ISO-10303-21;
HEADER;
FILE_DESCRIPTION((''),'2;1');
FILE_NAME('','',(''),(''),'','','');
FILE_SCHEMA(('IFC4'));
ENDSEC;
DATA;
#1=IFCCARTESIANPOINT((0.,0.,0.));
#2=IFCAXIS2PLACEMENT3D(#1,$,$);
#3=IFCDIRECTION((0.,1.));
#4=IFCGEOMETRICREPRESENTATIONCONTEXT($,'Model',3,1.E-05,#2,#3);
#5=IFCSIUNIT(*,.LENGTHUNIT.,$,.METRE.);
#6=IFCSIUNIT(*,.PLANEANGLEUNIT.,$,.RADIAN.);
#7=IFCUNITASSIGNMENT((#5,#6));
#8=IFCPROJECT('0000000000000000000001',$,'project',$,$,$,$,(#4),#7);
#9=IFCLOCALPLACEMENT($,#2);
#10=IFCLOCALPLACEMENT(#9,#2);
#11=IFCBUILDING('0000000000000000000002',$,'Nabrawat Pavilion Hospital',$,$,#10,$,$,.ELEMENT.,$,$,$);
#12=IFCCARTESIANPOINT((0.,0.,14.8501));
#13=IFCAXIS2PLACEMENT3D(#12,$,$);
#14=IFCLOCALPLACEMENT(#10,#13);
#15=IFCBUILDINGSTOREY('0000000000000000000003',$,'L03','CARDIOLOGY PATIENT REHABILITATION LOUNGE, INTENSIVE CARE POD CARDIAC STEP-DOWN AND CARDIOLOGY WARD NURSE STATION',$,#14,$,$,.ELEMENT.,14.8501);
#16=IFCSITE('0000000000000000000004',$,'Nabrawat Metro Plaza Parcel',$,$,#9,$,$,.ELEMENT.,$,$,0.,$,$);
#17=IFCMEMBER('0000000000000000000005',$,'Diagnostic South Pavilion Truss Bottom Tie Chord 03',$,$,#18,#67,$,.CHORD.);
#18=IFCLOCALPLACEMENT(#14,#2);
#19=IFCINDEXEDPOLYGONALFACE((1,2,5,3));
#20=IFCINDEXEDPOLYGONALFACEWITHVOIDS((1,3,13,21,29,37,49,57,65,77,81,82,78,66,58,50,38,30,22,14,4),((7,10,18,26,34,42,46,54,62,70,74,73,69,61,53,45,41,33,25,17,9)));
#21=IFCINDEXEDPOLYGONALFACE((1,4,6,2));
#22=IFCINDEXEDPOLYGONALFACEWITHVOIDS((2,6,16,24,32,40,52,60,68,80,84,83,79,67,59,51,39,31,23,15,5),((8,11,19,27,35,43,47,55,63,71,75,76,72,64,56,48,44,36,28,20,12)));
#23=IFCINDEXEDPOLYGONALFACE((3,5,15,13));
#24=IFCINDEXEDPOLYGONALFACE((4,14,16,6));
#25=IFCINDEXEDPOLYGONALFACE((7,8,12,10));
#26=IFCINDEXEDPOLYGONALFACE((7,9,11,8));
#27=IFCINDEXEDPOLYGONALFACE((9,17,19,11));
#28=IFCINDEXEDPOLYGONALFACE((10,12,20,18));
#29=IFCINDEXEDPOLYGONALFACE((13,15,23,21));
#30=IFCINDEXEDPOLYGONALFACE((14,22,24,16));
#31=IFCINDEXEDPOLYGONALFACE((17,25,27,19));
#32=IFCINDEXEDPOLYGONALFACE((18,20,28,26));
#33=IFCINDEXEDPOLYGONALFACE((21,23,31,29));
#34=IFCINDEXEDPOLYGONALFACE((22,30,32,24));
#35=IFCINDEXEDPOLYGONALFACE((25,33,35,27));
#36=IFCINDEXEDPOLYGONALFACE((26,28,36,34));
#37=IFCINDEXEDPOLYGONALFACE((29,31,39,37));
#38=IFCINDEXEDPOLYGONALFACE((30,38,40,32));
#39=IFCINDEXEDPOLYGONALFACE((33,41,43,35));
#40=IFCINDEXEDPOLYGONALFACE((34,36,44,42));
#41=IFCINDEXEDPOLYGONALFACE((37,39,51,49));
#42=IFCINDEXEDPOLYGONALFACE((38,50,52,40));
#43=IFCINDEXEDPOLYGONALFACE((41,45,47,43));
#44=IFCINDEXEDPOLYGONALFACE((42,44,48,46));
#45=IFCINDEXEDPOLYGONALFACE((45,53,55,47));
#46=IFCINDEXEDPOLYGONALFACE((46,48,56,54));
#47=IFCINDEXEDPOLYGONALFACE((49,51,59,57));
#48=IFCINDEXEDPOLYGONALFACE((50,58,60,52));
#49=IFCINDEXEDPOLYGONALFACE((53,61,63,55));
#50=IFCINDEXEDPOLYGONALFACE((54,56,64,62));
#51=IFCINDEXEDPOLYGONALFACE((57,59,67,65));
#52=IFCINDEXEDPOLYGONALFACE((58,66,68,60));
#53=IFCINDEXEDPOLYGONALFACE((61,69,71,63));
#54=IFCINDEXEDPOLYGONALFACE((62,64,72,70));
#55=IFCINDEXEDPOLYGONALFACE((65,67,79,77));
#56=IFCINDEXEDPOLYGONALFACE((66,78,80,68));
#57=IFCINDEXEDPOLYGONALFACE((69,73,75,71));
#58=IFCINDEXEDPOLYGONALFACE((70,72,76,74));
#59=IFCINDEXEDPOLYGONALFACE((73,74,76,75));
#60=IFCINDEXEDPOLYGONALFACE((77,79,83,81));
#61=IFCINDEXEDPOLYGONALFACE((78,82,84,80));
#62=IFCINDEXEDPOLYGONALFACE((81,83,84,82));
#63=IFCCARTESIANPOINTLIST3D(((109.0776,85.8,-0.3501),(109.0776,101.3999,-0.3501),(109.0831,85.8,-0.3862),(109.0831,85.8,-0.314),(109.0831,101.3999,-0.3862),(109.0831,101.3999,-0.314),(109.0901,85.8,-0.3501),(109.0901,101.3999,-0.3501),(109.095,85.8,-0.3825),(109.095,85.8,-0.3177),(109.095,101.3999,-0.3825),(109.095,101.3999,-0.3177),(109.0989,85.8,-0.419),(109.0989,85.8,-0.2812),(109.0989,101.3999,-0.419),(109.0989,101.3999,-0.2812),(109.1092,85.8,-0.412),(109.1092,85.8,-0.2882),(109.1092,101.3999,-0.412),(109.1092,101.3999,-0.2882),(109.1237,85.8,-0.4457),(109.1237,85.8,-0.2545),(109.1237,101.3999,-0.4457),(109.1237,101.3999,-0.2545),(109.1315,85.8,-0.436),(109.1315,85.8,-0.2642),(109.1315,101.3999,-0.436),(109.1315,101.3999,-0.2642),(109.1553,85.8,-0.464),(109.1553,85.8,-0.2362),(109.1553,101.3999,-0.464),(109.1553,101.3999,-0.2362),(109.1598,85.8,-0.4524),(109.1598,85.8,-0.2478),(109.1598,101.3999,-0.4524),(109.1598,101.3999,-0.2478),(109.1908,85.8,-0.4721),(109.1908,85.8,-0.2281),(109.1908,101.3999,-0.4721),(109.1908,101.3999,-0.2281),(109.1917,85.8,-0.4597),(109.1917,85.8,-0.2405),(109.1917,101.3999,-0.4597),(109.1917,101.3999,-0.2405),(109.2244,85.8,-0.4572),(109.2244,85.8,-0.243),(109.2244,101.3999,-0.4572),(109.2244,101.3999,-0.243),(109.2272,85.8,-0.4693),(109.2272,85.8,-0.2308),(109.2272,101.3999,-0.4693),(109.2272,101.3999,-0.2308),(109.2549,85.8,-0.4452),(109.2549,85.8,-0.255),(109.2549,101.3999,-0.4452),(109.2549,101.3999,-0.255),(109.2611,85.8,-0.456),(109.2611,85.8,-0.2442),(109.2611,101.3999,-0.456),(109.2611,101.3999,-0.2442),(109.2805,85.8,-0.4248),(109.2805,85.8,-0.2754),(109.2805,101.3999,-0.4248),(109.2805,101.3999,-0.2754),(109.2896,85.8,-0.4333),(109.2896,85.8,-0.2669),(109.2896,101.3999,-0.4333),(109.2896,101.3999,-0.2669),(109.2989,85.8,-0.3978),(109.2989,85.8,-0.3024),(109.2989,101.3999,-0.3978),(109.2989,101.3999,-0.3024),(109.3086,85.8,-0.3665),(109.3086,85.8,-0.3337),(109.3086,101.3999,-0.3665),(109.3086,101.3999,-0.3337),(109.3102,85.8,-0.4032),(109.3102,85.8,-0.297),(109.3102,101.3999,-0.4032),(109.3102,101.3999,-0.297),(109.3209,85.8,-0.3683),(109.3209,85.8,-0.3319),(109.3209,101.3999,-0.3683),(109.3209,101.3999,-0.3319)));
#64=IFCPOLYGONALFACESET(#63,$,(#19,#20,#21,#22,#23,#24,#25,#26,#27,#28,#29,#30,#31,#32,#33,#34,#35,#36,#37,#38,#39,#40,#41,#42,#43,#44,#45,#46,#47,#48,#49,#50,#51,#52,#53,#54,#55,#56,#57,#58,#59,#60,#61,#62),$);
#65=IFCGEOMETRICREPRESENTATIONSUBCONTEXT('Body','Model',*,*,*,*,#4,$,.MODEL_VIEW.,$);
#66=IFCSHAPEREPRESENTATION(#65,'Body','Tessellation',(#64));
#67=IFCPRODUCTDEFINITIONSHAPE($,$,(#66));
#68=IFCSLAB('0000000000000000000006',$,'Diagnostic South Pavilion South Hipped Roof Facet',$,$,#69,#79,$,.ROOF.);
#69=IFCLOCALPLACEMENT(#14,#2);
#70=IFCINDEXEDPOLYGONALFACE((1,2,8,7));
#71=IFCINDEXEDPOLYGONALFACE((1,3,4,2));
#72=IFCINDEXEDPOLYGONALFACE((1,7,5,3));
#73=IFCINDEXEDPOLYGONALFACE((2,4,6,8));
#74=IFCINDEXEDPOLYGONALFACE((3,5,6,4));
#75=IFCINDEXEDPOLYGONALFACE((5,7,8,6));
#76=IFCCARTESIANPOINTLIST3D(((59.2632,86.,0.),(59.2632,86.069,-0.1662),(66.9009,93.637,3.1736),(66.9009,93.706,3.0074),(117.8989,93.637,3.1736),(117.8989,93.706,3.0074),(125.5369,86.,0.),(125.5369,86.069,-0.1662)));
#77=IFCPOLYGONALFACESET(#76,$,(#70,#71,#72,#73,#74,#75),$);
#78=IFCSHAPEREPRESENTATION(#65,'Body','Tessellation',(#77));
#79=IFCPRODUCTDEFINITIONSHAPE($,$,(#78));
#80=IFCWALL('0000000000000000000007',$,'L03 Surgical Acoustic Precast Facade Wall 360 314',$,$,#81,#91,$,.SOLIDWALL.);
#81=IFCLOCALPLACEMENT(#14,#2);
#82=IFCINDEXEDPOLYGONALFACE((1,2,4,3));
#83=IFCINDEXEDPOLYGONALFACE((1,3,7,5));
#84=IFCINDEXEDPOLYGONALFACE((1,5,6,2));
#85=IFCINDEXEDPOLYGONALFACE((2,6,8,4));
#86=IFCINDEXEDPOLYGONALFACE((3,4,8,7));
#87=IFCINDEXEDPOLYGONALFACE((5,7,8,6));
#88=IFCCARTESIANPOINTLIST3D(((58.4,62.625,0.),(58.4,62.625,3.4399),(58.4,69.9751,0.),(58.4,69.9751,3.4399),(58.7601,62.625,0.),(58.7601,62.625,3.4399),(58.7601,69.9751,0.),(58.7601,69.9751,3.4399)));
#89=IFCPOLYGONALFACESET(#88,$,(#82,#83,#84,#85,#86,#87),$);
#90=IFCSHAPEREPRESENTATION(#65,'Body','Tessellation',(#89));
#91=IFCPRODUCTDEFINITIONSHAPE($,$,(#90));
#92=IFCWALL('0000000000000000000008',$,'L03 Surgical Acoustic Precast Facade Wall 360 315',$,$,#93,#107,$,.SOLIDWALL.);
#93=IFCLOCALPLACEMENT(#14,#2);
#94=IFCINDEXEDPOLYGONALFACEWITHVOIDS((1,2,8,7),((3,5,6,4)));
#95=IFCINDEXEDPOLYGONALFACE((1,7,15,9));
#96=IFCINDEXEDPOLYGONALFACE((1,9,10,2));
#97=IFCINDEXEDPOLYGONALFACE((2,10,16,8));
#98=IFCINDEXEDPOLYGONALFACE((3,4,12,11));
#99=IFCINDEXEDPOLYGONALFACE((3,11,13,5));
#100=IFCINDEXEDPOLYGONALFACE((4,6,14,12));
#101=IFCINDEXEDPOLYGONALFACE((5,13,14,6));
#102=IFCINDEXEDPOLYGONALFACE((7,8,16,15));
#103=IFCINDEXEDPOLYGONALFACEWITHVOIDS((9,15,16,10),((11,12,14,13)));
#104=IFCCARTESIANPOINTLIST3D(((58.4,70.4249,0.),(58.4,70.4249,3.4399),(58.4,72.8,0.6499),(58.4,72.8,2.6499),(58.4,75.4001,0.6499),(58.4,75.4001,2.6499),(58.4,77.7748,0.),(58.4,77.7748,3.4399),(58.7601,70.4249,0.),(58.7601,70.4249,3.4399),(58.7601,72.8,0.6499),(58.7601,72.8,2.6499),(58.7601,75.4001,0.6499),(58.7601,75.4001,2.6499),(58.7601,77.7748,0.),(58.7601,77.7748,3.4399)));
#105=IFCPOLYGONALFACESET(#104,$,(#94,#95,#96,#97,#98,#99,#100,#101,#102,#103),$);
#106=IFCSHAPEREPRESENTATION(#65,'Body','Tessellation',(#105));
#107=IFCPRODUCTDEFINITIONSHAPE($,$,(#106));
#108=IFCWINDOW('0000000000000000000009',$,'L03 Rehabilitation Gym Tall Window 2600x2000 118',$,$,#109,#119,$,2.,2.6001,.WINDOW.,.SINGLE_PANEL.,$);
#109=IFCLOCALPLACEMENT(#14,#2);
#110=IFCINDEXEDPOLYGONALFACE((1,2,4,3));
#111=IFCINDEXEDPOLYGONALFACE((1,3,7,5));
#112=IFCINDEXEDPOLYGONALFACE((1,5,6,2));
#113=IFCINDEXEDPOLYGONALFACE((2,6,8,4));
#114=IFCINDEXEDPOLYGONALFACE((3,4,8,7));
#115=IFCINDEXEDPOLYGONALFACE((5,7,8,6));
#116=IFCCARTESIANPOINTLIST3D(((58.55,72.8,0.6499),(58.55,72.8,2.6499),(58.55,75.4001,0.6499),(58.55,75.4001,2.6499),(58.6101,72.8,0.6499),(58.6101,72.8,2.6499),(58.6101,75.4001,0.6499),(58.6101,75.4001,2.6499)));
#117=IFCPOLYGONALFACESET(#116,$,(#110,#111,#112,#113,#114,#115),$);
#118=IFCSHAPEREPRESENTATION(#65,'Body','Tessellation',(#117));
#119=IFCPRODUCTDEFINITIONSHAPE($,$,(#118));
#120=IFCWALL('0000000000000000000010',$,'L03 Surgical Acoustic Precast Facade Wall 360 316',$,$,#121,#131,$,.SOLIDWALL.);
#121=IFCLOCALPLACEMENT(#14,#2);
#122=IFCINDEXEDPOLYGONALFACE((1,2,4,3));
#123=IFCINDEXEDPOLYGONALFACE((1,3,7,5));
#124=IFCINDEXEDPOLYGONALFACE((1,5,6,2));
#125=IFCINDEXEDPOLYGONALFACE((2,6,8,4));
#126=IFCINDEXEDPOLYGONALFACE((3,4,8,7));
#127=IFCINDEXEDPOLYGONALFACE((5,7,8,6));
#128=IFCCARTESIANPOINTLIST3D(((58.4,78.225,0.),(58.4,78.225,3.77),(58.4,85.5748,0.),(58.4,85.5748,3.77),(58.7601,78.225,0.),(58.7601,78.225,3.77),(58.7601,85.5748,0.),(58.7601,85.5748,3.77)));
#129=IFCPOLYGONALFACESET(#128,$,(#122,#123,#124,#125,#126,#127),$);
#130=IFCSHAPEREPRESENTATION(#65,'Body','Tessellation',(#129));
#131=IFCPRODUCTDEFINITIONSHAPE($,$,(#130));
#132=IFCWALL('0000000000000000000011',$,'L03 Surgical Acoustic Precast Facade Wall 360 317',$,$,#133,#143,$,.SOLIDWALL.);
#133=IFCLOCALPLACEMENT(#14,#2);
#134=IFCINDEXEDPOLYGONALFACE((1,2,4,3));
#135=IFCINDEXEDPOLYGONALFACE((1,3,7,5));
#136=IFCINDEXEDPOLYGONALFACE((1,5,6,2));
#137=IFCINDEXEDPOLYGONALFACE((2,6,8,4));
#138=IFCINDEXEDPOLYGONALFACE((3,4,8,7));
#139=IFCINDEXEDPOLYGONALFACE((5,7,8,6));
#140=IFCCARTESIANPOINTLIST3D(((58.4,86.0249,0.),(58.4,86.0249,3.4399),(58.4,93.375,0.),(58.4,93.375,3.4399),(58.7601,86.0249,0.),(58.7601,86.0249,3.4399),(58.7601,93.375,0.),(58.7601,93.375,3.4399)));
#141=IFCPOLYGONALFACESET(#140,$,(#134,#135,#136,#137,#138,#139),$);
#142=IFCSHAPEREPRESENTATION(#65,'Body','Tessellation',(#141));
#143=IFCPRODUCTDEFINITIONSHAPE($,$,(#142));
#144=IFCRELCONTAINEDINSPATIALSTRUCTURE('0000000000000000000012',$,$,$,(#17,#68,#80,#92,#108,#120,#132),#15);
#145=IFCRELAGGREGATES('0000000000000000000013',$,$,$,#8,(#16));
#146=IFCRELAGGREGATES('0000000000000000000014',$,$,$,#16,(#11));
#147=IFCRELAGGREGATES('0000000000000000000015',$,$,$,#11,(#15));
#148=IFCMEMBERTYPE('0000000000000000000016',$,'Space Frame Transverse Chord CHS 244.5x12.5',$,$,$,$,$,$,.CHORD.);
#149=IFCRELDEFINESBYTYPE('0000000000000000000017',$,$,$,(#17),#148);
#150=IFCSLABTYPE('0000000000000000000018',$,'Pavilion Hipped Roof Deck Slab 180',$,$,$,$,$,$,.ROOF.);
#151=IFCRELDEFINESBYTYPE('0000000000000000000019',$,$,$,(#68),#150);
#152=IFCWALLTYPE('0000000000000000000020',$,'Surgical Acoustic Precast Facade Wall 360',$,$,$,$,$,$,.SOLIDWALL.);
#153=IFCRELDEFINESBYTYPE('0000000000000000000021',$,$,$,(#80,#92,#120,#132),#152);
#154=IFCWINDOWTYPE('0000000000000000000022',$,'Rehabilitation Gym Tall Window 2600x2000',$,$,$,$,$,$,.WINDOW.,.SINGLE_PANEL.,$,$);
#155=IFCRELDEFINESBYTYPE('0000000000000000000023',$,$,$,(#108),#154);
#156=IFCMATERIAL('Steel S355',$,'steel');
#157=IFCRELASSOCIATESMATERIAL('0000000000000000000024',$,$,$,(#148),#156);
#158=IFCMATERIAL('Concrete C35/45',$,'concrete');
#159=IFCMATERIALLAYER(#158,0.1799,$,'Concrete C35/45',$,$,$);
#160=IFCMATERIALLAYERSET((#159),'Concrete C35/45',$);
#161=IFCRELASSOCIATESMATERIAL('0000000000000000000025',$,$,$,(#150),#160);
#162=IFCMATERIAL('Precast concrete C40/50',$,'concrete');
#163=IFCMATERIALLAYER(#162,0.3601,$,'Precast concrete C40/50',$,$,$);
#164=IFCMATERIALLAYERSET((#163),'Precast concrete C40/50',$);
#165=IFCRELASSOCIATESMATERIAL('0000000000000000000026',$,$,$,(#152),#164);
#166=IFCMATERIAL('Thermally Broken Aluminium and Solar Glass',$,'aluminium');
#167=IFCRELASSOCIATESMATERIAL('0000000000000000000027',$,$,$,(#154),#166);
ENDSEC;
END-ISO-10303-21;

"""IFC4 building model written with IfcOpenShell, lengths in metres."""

from ifc_helpers import new_model, si_unit, direction, frame, frame_2d, origin, origin_2d, place, context, subcontext, project, spatial, polyline, rectangle, hollow_circle, outline, extrude, material, layer, layer_set, material_profile, profile_set, type_object, element, fill, save


model = new_model("IFC4")

# Units and contexts
model_context = context("Model", 3, precision=1e-05, world=origin(), true_north=direction((0.0, 1.0)))
body_context = subcontext(model_context, "Body", "Model", "MODEL_VIEW")
ifc_project = project(units=[si_unit("LENGTHUNIT", "METRE"), si_unit("PLANEANGLEUNIT", "RADIAN")], contexts=[model_context])

# Site, building, storey
site_placement = place(None, origin())
site = spatial("IfcSite", under=ifc_project, at=site_placement, Name="Nabrawat Metro Plaza Parcel", CompositionType="ELEMENT", RefElevation=0.0)
building_placement = place(site_placement, origin())
building = spatial("IfcBuilding", under=site, at=building_placement, Name="Nabrawat Pavilion Hospital", CompositionType="ELEMENT")
storey_placement = place(building_placement, frame((0.0, 0.0, 14.8501)))
storey = spatial("IfcBuildingStorey", under=building, at=storey_placement, Name="L03", Description="CARDIOLOGY PATIENT REHABILITATION LOUNGE, INTENSIVE CARE POD CARDIAC STEP-DOWN AND CARDIOLOGY WARD NURSE STATION", CompositionType="ELEMENT", Elevation=14.8501)

# Shared definitions
ifc_material_1 = material(Name="Steel S355", Category="steel")

# Member
ifc_material_profile_1 = material_profile(ifc_material_1, hollow_circle(Radius=0.1223, WallThickness=0.0125, at=origin_2d()), Name="CHS 244.5x12.5")
ifc_profile_set_1 = profile_set([ifc_material_profile_1], Name="Steel S355")
member_type_1 = type_object("IfcMemberType", Name="Space Frame Transverse Chord CHS 244.5x12.5", PredefinedType="CHORD", material=ifc_profile_set_1)
for number, where, z_axis, x_axis, name in (
    (1, (109.2, 85.8, -0.3501), (0.0, 1.0, 0.0), (-1.0, 0.0, 0.0), "Diagnostic South Pavilion Truss Bottom Tie Chord 03"),
):
    element("IfcMember", number, at=place(storey_placement, frame(where, z_axis=z_axis, x_axis=x_axis)), inside=storey, type_object=member_type_1, Name=name, PredefinedType="CHORD", context=body_context, shape_type="SweptSolid", body=[
        extrude(hollow_circle(Radius=0.1223, WallThickness=0.0125, at=origin_2d()), origin(), (0.0, 0.0, 1.0), 15.5999),
    ])

# Slab
ifc_material_2 = material(Name="Concrete C35/45", Category="concrete")
ifc_layer_1 = layer(ifc_material_2, 0.1799, Name="Concrete C35/45")
ifc_layer_set_1 = layer_set([ifc_layer_1], Name="Concrete C35/45")
slab_type = type_object("IfcSlabType", Name="Pavilion Hipped Roof Deck Slab 180", PredefinedType="ROOF", material=ifc_layer_set_1)
slab_placement = place(storey_placement, frame((59.2632, 86.0, 0.0), z_axis=(0.0, -0.383741, 0.923441), x_axis=(1.0, 0.0, 0.0)))
element("IfcSlab", 2, at=slab_placement, inside=storey, type_object=slab_type, Name="Diagnostic South Pavilion South Hipped Roof Facet", PredefinedType="ROOF", context=body_context, shape_type="SweptSolid", body=[
    extrude(outline(polyline([(0.0, 0.0), (66.2737, 0.0), (58.6357, 8.2701), (7.6377, 8.2701), (0.0, 0.0)])), origin(), (0.0, 0.0, -1.0), 0.1799),
])

# Wall
ifc_material_3 = material(Name="Precast concrete C40/50", Category="concrete")
ifc_layer_2 = layer(ifc_material_3, 0.3601, Name="Precast concrete C40/50")
ifc_layer_set_2 = layer_set([ifc_layer_2], Name="Precast concrete C40/50")
wall_type = type_object("IfcWallType", Name="Surgical Acoustic Precast Facade Wall 360", PredefinedType="SOLIDWALL", material=ifc_layer_set_2)
wall_1_placement = place(storey_placement, frame((58.5801, 62.625, 0.0), z_axis=(0.0, 0.0, 1.0), x_axis=(0.0, 1.0, 0.0)))
element("IfcWall", 3, at=wall_1_placement, inside=storey, type_object=wall_type, Name="L03 Surgical Acoustic Precast Facade Wall 360 314", PredefinedType="SOLIDWALL", context=body_context, shape_type="SweptSolid", body=[
    extrude(rectangle(XDim=7.3501, YDim=0.3601, at=frame_2d((3.675, 0.0))), origin(), (0.0, 0.0, 1.0), 3.4399),
])

# Wall, opening, window
wall_2_placement = place(storey_placement, frame((58.5801, 70.425, 0.0), z_axis=(0.0, 0.0, 1.0), x_axis=(0.0, 1.0, 0.0)))
wall_2 = element("IfcWall", 4, at=wall_2_placement, inside=storey, type_object=wall_type, Name="L03 Surgical Acoustic Precast Facade Wall 360 315", PredefinedType="SOLIDWALL", context=body_context, shape_type="SweptSolid", body=[
    extrude(rectangle(XDim=7.3499, YDim=0.3601, at=frame_2d((3.6748, 0.0))), origin(), (0.0, 0.0, 1.0), 3.4399),
])
opening_placement = place(wall_2_placement, frame((2.375, 0.0, 0.6499)))
opening = element("IfcOpeningElement", 5, at=opening_placement, cuts=wall_2, PredefinedType="OPENING", context=body_context, shape_type="SweptSolid", body=[
    extrude(rectangle(XDim=2.6001, YDim=2.0, at=frame_2d((1.3, 1.0))), frame((0.0, 0.1899, 0.0), z_axis=(0.0, -1.0, 0.0), x_axis=(1.0, 0.0, 0.0)), (0.0, 0.0, 1.0), 0.3801),
])
ifc_material_4 = material(Name="Thermally Broken Aluminium and Solar Glass", Category="aluminium")
window_type = type_object("IfcWindowType", Name="Rehabilitation Gym Tall Window 2600x2000", PartitioningType="SINGLE_PANEL", PredefinedType="WINDOW", material=ifc_material_4)
window_placement = place(opening_placement, origin())
window = element("IfcWindow", 6, at=window_placement, inside=storey, type_object=window_type, Name="L03 Rehabilitation Gym Tall Window 2600x2000 118", OverallHeight=2.0, OverallWidth=2.6001, PartitioningType="SINGLE_PANEL", PredefinedType="WINDOW", context=body_context, shape_type="SweptSolid", body=[
    extrude(rectangle(XDim=2.6001, YDim=2.0, at=frame_2d((1.3, 1.0))), frame((0.0, 0.03, 0.0), z_axis=(0.0, -1.0, 0.0), x_axis=(1.0, 0.0, 0.0)), (0.0, 0.0, 1.0), 0.0601),
])
fill(opening, window)

# Walls
wall_3_placement = place(storey_placement, frame((58.5801, 78.2251, 0.0), z_axis=(0.0, 0.0, 1.0), x_axis=(0.0, 1.0, 0.0)))
element("IfcWall", 7, at=wall_3_placement, inside=storey, type_object=wall_type, Name="L03 Surgical Acoustic Precast Facade Wall 360 316", PredefinedType="SOLIDWALL", context=body_context, shape_type="SweptSolid", body=[
    extrude(rectangle(XDim=7.3499, YDim=0.3601, at=frame_2d((3.6748, 0.0))), origin(), (0.0, 0.0, 1.0), 3.77),
])
wall_4_placement = place(storey_placement, frame((58.5801, 86.0249, 0.0), z_axis=(0.0, 0.0, 1.0), x_axis=(0.0, 1.0, 0.0)))
element("IfcWall", 8, at=wall_4_placement, inside=storey, type_object=wall_type, Name="L03 Surgical Acoustic Precast Facade Wall 360 317", PredefinedType="SOLIDWALL", context=body_context, shape_type="SweptSolid", body=[
    extrude(rectangle(XDim=7.3501, YDim=0.3601, at=frame_2d((3.675, 0.0))), origin(), (0.0, 0.0, 1.0), 3.4399),
])

save(model, "model.ifc")
